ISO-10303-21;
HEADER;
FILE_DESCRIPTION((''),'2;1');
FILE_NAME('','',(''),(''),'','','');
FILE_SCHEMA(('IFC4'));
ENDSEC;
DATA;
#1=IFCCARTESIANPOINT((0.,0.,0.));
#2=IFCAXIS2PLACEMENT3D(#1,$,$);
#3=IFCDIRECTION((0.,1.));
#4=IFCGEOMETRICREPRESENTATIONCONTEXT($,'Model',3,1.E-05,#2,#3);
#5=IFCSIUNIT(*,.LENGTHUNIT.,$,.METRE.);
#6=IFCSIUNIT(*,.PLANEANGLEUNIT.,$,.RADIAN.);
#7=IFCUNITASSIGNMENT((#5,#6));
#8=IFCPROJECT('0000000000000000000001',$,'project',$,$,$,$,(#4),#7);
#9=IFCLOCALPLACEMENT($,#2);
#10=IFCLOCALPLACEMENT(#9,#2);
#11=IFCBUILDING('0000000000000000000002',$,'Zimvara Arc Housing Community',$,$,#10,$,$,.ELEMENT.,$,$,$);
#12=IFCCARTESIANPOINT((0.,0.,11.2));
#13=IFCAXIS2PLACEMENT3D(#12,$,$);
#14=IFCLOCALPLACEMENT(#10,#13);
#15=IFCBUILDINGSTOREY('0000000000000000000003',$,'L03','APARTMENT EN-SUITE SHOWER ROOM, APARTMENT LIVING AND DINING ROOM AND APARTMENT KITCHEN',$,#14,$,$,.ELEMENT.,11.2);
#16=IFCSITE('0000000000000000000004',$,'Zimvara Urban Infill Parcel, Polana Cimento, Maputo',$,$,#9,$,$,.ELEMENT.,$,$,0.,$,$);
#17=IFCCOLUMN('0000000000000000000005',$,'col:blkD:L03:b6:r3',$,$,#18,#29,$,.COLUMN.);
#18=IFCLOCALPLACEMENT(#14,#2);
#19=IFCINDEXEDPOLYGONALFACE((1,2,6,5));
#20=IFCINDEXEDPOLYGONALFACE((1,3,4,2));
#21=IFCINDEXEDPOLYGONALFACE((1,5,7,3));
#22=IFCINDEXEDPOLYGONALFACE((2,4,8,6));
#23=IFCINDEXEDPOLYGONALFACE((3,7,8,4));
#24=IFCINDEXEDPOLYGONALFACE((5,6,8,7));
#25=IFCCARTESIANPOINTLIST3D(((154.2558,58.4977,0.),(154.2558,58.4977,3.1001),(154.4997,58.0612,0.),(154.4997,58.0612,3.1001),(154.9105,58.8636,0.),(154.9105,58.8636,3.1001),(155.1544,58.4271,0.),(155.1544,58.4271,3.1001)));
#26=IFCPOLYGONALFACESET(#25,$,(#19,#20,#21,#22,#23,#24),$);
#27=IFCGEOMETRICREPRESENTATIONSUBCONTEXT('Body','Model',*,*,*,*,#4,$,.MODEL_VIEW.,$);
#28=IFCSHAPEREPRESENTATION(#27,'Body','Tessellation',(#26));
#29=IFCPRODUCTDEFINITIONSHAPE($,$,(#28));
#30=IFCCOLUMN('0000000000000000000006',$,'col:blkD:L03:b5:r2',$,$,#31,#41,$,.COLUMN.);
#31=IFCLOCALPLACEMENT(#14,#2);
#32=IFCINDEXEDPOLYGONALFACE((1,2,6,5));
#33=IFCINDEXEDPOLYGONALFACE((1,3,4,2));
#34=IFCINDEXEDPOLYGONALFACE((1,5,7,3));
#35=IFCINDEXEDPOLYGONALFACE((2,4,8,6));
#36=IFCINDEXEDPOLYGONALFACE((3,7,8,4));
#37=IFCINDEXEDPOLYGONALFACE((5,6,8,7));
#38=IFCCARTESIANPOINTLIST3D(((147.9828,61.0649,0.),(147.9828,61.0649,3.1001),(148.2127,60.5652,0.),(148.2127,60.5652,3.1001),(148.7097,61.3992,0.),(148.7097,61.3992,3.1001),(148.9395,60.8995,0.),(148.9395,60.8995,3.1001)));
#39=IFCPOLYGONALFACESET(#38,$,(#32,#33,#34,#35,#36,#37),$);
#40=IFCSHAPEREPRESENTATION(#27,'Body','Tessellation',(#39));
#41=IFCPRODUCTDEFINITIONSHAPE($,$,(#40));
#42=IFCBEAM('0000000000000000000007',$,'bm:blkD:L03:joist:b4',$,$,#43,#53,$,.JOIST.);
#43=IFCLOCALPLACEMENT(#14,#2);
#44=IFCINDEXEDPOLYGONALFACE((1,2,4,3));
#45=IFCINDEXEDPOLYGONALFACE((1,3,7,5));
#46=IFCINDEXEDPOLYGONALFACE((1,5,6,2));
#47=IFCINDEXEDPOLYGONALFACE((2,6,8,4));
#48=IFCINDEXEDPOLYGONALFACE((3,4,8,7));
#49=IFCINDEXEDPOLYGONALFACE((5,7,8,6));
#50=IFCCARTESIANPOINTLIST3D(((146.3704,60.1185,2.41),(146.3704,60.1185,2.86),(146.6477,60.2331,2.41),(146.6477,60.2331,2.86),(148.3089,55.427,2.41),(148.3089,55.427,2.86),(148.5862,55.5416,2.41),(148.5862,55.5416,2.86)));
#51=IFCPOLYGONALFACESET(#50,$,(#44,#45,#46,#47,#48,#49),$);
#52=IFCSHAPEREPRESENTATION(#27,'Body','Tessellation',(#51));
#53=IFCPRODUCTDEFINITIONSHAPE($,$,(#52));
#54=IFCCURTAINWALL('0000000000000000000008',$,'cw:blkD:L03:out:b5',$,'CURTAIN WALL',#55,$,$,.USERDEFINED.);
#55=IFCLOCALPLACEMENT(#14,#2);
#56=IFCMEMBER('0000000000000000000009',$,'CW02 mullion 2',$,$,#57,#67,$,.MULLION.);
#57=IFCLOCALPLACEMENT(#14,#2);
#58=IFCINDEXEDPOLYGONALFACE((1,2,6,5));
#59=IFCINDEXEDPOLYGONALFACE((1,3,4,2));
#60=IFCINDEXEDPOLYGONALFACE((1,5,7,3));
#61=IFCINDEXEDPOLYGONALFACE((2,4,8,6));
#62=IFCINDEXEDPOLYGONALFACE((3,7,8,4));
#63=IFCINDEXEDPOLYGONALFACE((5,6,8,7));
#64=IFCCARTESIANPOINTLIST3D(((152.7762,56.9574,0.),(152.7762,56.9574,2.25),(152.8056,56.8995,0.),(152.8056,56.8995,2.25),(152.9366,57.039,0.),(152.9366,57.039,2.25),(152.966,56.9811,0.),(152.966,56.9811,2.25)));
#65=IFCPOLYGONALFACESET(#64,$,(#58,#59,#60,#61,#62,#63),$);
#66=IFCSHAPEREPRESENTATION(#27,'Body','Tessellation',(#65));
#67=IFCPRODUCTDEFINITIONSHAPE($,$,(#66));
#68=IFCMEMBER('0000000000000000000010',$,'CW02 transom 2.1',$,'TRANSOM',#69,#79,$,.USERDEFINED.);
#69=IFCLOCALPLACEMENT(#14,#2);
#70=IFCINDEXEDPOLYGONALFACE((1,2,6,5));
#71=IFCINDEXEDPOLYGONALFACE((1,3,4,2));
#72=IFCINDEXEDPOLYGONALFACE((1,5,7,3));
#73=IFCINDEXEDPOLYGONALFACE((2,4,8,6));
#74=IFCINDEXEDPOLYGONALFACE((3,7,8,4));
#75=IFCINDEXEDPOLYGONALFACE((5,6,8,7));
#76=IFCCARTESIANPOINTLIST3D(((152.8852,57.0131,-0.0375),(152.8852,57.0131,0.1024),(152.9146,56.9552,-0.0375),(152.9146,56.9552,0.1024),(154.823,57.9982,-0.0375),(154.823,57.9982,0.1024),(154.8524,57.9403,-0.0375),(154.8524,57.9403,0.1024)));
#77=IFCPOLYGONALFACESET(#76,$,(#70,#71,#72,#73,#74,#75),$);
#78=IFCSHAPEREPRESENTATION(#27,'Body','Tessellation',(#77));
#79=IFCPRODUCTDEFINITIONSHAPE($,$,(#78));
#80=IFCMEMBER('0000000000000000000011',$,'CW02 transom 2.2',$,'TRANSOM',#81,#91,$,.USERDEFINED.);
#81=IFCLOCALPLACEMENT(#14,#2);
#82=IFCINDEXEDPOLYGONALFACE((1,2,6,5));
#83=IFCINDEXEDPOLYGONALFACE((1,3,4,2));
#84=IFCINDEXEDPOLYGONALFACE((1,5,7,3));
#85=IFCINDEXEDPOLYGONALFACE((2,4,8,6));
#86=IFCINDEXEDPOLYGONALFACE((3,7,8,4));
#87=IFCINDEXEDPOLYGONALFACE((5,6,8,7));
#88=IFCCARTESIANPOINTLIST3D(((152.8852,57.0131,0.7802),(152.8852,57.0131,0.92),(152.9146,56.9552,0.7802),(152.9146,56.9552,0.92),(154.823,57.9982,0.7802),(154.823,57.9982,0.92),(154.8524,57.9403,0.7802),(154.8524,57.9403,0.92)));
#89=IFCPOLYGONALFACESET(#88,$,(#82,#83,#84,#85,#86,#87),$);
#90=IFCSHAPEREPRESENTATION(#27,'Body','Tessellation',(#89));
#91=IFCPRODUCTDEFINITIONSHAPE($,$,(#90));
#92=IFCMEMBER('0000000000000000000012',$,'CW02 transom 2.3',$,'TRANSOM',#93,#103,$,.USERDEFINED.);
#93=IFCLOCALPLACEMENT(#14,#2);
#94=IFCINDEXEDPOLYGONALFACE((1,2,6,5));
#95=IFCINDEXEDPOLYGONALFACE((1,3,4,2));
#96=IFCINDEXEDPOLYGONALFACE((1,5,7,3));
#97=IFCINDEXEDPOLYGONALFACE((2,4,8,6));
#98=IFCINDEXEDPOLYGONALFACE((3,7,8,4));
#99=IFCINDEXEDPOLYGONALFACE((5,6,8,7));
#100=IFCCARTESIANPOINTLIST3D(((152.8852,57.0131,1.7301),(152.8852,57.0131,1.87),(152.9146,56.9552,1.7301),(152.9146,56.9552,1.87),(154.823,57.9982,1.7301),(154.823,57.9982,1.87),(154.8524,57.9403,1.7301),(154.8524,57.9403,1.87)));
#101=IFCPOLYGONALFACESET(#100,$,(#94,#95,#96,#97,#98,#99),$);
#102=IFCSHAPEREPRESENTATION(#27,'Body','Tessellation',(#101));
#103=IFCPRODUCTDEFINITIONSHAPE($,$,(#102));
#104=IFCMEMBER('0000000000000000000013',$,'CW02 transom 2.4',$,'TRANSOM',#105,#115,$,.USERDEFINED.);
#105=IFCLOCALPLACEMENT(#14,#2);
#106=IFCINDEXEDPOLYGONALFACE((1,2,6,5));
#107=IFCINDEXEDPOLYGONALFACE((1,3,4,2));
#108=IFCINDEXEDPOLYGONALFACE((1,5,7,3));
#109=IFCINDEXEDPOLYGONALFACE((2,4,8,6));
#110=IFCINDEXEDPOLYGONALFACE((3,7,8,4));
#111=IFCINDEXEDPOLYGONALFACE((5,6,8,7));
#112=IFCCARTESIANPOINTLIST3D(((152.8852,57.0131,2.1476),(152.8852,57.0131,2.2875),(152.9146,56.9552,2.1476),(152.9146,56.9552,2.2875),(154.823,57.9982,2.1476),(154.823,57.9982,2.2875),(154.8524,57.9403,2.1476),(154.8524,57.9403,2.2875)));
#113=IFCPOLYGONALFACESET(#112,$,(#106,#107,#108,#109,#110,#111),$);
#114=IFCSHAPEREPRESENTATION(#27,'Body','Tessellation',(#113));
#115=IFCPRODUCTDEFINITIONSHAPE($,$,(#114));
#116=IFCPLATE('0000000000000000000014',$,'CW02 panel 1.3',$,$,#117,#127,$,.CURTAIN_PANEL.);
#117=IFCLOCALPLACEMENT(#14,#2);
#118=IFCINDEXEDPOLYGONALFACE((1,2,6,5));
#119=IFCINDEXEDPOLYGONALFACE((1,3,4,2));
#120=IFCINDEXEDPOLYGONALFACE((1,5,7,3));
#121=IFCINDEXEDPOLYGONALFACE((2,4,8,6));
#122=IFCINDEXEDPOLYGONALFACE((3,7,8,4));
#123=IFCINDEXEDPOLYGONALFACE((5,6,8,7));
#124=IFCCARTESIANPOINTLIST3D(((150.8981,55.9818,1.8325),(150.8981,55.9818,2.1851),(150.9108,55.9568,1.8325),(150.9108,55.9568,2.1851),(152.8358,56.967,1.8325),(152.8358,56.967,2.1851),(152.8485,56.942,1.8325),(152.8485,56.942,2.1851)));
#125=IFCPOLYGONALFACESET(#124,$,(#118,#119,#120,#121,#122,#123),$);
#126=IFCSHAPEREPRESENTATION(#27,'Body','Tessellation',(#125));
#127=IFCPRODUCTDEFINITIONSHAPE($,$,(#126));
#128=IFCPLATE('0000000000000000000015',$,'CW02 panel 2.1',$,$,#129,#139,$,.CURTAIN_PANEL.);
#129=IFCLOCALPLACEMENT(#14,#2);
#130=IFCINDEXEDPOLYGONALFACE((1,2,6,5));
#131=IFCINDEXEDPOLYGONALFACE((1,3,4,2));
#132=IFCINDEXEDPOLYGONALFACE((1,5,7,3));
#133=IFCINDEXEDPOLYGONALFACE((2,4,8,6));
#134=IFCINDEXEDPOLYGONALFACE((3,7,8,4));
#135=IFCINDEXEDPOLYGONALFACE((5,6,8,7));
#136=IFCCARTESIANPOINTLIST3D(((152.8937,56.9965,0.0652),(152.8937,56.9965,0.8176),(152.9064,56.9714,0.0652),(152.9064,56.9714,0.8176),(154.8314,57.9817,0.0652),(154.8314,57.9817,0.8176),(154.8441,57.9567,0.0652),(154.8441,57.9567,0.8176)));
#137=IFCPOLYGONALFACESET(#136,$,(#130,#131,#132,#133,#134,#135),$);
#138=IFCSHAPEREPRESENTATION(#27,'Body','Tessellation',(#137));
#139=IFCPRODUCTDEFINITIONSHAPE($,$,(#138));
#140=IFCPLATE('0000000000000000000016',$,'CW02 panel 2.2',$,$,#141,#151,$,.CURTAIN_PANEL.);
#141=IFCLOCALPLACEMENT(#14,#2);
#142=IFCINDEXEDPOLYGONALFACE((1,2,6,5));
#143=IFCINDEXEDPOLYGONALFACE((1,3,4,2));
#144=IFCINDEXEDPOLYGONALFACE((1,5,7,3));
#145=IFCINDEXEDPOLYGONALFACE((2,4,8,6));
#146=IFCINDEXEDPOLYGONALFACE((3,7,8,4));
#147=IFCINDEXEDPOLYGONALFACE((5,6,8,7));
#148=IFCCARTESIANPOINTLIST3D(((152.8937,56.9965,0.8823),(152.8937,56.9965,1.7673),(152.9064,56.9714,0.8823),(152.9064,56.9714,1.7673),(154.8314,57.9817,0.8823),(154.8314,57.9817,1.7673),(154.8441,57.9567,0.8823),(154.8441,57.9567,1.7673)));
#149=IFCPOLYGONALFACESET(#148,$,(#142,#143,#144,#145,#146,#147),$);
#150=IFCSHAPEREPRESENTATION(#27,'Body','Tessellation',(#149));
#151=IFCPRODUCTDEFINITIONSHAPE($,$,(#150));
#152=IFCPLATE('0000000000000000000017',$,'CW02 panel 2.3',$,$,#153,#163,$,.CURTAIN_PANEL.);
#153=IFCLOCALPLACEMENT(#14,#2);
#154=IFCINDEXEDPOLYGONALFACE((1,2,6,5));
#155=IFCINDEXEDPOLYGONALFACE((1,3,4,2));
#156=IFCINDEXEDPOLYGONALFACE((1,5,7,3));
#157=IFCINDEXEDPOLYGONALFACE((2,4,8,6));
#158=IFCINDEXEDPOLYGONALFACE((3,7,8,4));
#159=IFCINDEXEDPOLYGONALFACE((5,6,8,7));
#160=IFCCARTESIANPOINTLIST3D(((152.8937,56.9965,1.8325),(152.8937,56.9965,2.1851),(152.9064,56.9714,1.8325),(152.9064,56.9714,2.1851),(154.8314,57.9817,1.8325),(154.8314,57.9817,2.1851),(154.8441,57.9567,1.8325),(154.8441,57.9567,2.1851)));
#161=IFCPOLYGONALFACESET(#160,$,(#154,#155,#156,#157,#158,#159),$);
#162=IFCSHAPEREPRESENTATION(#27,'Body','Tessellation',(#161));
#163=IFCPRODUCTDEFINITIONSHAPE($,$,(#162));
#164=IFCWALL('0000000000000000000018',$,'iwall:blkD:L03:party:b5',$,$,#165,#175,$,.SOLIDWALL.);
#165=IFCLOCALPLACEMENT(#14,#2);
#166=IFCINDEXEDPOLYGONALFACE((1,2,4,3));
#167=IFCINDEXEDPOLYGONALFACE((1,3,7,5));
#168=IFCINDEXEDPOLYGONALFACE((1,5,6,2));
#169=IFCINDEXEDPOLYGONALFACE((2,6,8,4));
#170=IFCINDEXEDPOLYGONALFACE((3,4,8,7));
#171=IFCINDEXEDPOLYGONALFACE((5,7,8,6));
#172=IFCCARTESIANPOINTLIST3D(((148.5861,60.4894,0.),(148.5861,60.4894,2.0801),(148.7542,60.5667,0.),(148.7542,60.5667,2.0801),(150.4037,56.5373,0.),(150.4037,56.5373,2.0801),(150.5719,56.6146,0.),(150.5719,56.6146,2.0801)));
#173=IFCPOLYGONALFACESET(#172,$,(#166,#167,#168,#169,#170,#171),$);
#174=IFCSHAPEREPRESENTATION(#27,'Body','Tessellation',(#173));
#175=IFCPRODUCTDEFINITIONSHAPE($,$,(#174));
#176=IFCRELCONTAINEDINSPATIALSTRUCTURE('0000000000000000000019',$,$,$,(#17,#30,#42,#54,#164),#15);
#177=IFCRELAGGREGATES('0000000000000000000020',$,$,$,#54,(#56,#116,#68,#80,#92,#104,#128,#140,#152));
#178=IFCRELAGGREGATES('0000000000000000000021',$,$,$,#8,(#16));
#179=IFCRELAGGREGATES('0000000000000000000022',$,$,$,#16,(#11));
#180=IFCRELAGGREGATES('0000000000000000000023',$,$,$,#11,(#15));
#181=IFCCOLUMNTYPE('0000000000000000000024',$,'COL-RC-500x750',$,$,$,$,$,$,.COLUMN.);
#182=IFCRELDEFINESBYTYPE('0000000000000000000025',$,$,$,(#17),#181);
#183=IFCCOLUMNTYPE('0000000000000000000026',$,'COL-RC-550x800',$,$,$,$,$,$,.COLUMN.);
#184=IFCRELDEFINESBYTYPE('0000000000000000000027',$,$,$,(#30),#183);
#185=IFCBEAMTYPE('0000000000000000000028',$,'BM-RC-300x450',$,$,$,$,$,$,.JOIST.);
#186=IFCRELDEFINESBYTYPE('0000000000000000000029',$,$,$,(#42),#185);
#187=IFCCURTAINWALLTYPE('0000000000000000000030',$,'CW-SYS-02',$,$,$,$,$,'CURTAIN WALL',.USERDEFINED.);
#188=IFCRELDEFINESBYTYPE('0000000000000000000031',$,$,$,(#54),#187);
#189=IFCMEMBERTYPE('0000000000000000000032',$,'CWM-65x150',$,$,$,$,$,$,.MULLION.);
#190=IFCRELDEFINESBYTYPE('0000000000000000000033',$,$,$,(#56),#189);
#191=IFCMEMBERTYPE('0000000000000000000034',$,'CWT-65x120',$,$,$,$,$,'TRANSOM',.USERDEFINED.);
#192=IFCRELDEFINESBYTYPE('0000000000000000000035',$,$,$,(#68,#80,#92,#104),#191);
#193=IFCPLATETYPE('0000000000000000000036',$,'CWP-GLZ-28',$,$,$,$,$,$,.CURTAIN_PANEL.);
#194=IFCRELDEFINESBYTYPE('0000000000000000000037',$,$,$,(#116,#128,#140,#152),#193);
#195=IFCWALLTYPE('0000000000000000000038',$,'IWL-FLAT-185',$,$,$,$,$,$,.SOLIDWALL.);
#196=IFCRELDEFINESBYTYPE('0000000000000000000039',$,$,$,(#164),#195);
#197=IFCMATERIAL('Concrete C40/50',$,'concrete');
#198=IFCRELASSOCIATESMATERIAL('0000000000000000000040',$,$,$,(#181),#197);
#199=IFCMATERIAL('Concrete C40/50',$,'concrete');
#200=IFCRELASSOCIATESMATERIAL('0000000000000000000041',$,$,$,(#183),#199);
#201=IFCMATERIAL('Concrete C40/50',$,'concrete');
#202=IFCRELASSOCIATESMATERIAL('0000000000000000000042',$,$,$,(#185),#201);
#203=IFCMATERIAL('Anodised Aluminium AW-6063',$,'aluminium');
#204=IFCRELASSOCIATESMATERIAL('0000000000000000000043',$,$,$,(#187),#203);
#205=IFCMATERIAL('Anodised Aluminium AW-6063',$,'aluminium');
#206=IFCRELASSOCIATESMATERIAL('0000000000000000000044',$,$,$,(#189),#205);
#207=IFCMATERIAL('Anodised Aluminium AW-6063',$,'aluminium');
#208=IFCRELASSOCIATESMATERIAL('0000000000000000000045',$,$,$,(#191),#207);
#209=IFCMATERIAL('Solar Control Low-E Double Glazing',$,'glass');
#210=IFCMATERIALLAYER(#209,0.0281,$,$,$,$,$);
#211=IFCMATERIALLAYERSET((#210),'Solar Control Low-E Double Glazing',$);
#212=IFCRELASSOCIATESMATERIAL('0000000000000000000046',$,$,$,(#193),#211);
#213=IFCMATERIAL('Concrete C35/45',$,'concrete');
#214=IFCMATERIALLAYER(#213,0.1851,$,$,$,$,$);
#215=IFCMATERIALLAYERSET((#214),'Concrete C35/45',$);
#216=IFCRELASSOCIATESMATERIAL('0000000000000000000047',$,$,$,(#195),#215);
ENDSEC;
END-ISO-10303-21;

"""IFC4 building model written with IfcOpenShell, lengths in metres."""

from ifc_helpers import new_model, si_unit, direction, frame, frame_2d, origin, origin_2d, place, context, subcontext, project, spatial, rectangle, extrude, material, layer, layer_set, material_profile, profile_set, type_object, element, aggregate, save


model = new_model("IFC4")

# Units and contexts
model_context = context("Model", 3, precision=1e-05, world=origin(), true_north=direction((0.0, 1.0)))
body_context = subcontext(model_context, "Body", "Model", "MODEL_VIEW")
ifc_project = project(units=[si_unit("LENGTHUNIT", "METRE"), si_unit("PLANEANGLEUNIT", "RADIAN")], contexts=[model_context])

# Site, building, storey
site_placement = place(None, origin())
site = spatial("IfcSite", under=ifc_project, at=site_placement, Name="Zimvara Urban Infill Parcel, Polana Cimento, Maputo", CompositionType="ELEMENT", RefElevation=0.0)
building_placement = place(site_placement, origin())
building = spatial("IfcBuilding", under=site, at=building_placement, Name="Zimvara Arc Housing Community", CompositionType="ELEMENT")
storey_placement = place(building_placement, frame((0.0, 0.0, 11.2)))
storey = spatial("IfcBuildingStorey", under=building, at=storey_placement, Name="L03", Description="APARTMENT EN-SUITE SHOWER ROOM, APARTMENT LIVING AND DINING ROOM AND APARTMENT KITCHEN", CompositionType="ELEMENT", Elevation=11.2)

# Columns
ifc_material_1 = material(Name="Concrete C40/50", Category="concrete")
ifc_material_profile_1 = material_profile(ifc_material_1, rectangle(XDim=0.5, YDim=0.75, at=origin_2d()), Name="RC 500x750")
ifc_profile_set_1 = profile_set([ifc_material_profile_1], Name="Concrete C40/50")
column_type_1 = type_object("IfcColumnType", Name="COL-RC-500x750", PredefinedType="COLUMN", material=ifc_profile_set_1)
column_1_placement = place(storey_placement, frame((154.7051, 58.4624, 0.0), z_axis=(0.0, 0.0, 1.0), x_axis=(0.48786, -0.872922, 0.0)))
element("IfcColumn", 1, at=column_1_placement, inside=storey, type_object=column_type_1, Name="col:blkD:L03:b6:r3", PredefinedType="COLUMN", context=body_context, shape_type="SweptSolid", body=[
    extrude(rectangle(XDim=0.5, YDim=0.75, at=origin_2d()), origin(), (0.0, 0.0, 1.0), 3.1001),
])
ifc_material_2 = material(Name="Concrete C40/50", Category="concrete")
ifc_material_profile_2 = material_profile(ifc_material_2, rectangle(XDim=0.55, YDim=0.8, at=origin_2d()), Name="RC 550x800")
ifc_profile_set_2 = profile_set([ifc_material_profile_2], Name="Concrete C40/50")
column_type_2 = type_object("IfcColumnType", Name="COL-RC-550x800", PredefinedType="COLUMN", material=ifc_profile_set_2)
column_2_placement = place(storey_placement, frame((148.4612, 60.9822, 0.0), z_axis=(0.0, 0.0, 1.0), x_axis=(0.417867, -0.908508, 0.0)))
element("IfcColumn", 2, at=column_2_placement, inside=storey, type_object=column_type_2, Name="col:blkD:L03:b5:r2", PredefinedType="COLUMN", context=body_context, shape_type="SweptSolid", body=[
    extrude(rectangle(XDim=0.55, YDim=0.8, at=origin_2d()), origin(), (0.0, 0.0, 1.0), 3.1001),
])

# Beam
ifc_material_3 = material(Name="Concrete C40/50", Category="concrete")
ifc_material_profile_3 = material_profile(ifc_material_3, rectangle(XDim=0.3, YDim=0.45, at=origin_2d()), Name="RC 300x450")
ifc_profile_set_3 = profile_set([ifc_material_profile_3], Name="Concrete C40/50")
beam_type = type_object("IfcBeamType", Name="BM-RC-300x450", PredefinedType="JOIST", material=ifc_profile_set_3)
beam_placement = place(storey_placement, frame((146.509, 60.1758, 2.635), z_axis=(0.381882, -0.924211, 0.0), x_axis=(0.924211, 0.381882, 0.0)))
element("IfcBeam", 3, at=beam_placement, inside=storey, type_object=beam_type, Name="bm:blkD:L03:joist:b4", PredefinedType="JOIST", context=body_context, shape_type="SweptSolid", body=[
    extrude(rectangle(XDim=0.3, YDim=0.45, at=origin_2d()), origin(), (0.0, 0.0, 1.0), 5.0762),
])

# Curtain wall, members, plates
ifc_material_4 = material(Name="Anodised Aluminium AW-6063", Category="aluminium")
curtain_wall_type = type_object("IfcCurtainWallType", Name="CW-SYS-02", ElementType="CURTAIN WALL", PredefinedType="USERDEFINED", material=ifc_material_4)
curtain_wall_placement = place(storey_placement, origin())
curtain_wall = element("IfcCurtainWall", 4, at=curtain_wall_placement, inside=storey, type_object=curtain_wall_type, Name="cw:blkD:L03:out:b5", ObjectType="CURTAIN WALL", PredefinedType="USERDEFINED")
ifc_material_5 = material(Name="Anodised Aluminium AW-6063", Category="aluminium")
ifc_material_profile_4 = material_profile(ifc_material_5, rectangle(XDim=0.0649, YDim=0.1799, at=origin_2d()), Name="ALU 65x180")
ifc_profile_set_4 = profile_set([ifc_material_profile_4], Name="Anodised Aluminium AW-6063")
member_type_1 = type_object("IfcMemberType", Name="CWM-65x150", PredefinedType="MULLION", material=ifc_profile_set_4)
member_1_placement = place(storey_placement, frame((152.8711, 56.9692, 0.0), z_axis=(0.0, 0.0, 1.0), x_axis=(-0.453212, 0.891403, 0.0)))
member_1 = element("IfcMember", 5, at=member_1_placement, type_object=member_type_1, Name="CW02 mullion 2", PredefinedType="MULLION", context=body_context, shape_type="SweptSolid", body=[
    extrude(rectangle(XDim=0.0649, YDim=0.1799, at=origin_2d()), origin(), (0.0, 0.0, 1.0), 2.25),
])
ifc_material_6 = material(Name="Anodised Aluminium AW-6063", Category="aluminium")
ifc_material_profile_5 = material_profile(ifc_material_6, rectangle(XDim=0.0649, YDim=0.1399, at=origin_2d()), Name="ALU 65x140")
ifc_profile_set_5 = profile_set([ifc_material_profile_5], Name="Anodised Aluminium AW-6063")
member_type_2 = type_object("IfcMemberType", Name="CWT-65x120", ElementType="TRANSOM", PredefinedType="USERDEFINED", material=ifc_profile_set_5)
member_2_placement = place(storey_placement, frame((152.8999, 56.9841, 0.0325), z_axis=(0.89142, 0.453179, 0.0), x_axis=(-0.453179, 0.89142, 0.0)))
member_2 = element("IfcMember", 6, at=member_2_placement, type_object=member_type_2, Name="CW02 transom 2.1", ObjectType="TRANSOM", PredefinedType="USERDEFINED", context=body_context, shape_type="SweptSolid", body=[
    extrude(rectangle(XDim=0.0649, YDim=0.1399, at=origin_2d()), origin(), (0.0, 0.0, 1.0), 2.1738),
])
member_3_placement = place(storey_placement, frame((152.8999, 56.9841, 0.8501), z_axis=(0.89142, 0.453179, 0.0), x_axis=(-0.453179, 0.89142, 0.0)))
member_3 = element("IfcMember", 7, at=member_3_placement, type_object=member_type_2, Name="CW02 transom 2.2", ObjectType="TRANSOM", PredefinedType="USERDEFINED", context=body_context, shape_type="SweptSolid", body=[
    extrude(rectangle(XDim=0.0649, YDim=0.1399, at=origin_2d()), origin(), (0.0, 0.0, 1.0), 2.1738),
])
member_4_placement = place(storey_placement, frame((152.8999, 56.9841, 1.8), z_axis=(0.89142, 0.453179, 0.0), x_axis=(-0.453179, 0.89142, 0.0)))
member_4 = element("IfcMember", 8, at=member_4_placement, type_object=member_type_2, Name="CW02 transom 2.3", ObjectType="TRANSOM", PredefinedType="USERDEFINED", context=body_context, shape_type="SweptSolid", body=[
    extrude(rectangle(XDim=0.0649, YDim=0.1399, at=origin_2d()), origin(), (0.0, 0.0, 1.0), 2.1738),
])
member_5_placement = place(storey_placement, frame((152.8999, 56.9841, 2.2175), z_axis=(0.89142, 0.453179, 0.0), x_axis=(-0.453179, 0.89142, 0.0)))
member_5 = element("IfcMember", 9, at=member_5_placement, type_object=member_type_2, Name="CW02 transom 2.4", ObjectType="TRANSOM", PredefinedType="USERDEFINED", context=body_context, shape_type="SweptSolid", body=[
    extrude(rectangle(XDim=0.0649, YDim=0.1399, at=origin_2d()), origin(), (0.0, 0.0, 1.0), 2.1738),
])
ifc_material_7 = material(Name="Solar Control Low-E Double Glazing", Category="glass")
ifc_layer_1 = layer(ifc_material_7, 0.0281)
ifc_layer_set_1 = layer_set([ifc_layer_1], Name="Solar Control Low-E Double Glazing")
plate_type = type_object("IfcPlateType", Name="CWP-GLZ-28", PredefinedType="CURTAIN_PANEL", material=ifc_layer_set_1)
plate_1_placement = place(storey_placement, frame((151.8733, 56.4619, 1.8325), z_axis=(0.0, 0.0, 1.0), x_axis=(0.891403, 0.453212, 0.0)))
plate_1 = element("IfcPlate", 10, at=plate_1_placement, type_object=plate_type, Name="CW02 panel 1.3", PredefinedType="CURTAIN_PANEL", context=body_context, shape_type="SweptSolid", body=[
    extrude(rectangle(XDim=2.1738, YDim=0.0281, at=origin_2d()), origin(), (0.0, 0.0, 1.0), 0.3525),
])
plate_2_placement = place(storey_placement, frame((153.8689, 57.4766, 0.0652), z_axis=(0.0, 0.0, 1.0), x_axis=(0.891403, 0.453212, 0.0)))
plate_2 = element("IfcPlate", 11, at=plate_2_placement, type_object=plate_type, Name="CW02 panel 2.1", PredefinedType="CURTAIN_PANEL", context=body_context, shape_type="SweptSolid", body=[
    extrude(rectangle(XDim=2.1738, YDim=0.0281, at=origin_2d()), origin(), (0.0, 0.0, 1.0), 0.7524),
])
plate_3_placement = place(storey_placement, frame((153.8689, 57.4766, 0.8823), z_axis=(0.0, 0.0, 1.0), x_axis=(0.891403, 0.453212, 0.0)))
plate_3 = element("IfcPlate", 12, at=plate_3_placement, type_object=plate_type, Name="CW02 panel 2.2", PredefinedType="CURTAIN_PANEL", context=body_context, shape_type="SweptSolid", body=[
    extrude(rectangle(XDim=2.1738, YDim=0.0281, at=origin_2d()), origin(), (0.0, 0.0, 1.0), 0.885),
])
plate_4_placement = place(storey_placement, frame((153.8689, 57.4766, 1.8325), z_axis=(0.0, 0.0, 1.0), x_axis=(0.891403, 0.453212, 0.0)))
plate_4 = element("IfcPlate", 13, at=plate_4_placement, type_object=plate_type, Name="CW02 panel 2.3", PredefinedType="CURTAIN_PANEL", context=body_context, shape_type="SweptSolid", body=[
    extrude(rectangle(XDim=2.1738, YDim=0.0281, at=origin_2d()), origin(), (0.0, 0.0, 1.0), 0.3525),
])
aggregate(curtain_wall, [member_1, plate_1, member_2, member_3, member_4, member_5, plate_2, plate_3, plate_4])

# Wall
ifc_material_8 = material(Name="Concrete C35/45", Category="concrete")
ifc_layer_2 = layer(ifc_material_8, 0.1851)
ifc_layer_set_2 = layer_set([ifc_layer_2], Name="Concrete C35/45")
wall_type_1 = type_object("IfcWallType", Name="IWL-FLAT-185", PredefinedType="SOLIDWALL", material=ifc_layer_set_2)
wall_1_placement = place(storey_placement, frame((148.6702, 60.5281, 0.0), z_axis=(0.0, 0.0, 1.0), x_axis=(0.417837, -0.908522, 0.0)))
element("IfcWall", 14, at=wall_1_placement, inside=storey, type_object=wall_type_1, Name="iwall:blkD:L03:party:b5", PredefinedType="SOLIDWALL", context=body_context, shape_type="SweptSolid", body=[
    extrude(rectangle(XDim=4.3501, YDim=0.1851, at=frame_2d((2.175, 0.0))), origin(), (0.0, 0.0, 1.0), 2.0801),
])

save(model, "model.ifc")
